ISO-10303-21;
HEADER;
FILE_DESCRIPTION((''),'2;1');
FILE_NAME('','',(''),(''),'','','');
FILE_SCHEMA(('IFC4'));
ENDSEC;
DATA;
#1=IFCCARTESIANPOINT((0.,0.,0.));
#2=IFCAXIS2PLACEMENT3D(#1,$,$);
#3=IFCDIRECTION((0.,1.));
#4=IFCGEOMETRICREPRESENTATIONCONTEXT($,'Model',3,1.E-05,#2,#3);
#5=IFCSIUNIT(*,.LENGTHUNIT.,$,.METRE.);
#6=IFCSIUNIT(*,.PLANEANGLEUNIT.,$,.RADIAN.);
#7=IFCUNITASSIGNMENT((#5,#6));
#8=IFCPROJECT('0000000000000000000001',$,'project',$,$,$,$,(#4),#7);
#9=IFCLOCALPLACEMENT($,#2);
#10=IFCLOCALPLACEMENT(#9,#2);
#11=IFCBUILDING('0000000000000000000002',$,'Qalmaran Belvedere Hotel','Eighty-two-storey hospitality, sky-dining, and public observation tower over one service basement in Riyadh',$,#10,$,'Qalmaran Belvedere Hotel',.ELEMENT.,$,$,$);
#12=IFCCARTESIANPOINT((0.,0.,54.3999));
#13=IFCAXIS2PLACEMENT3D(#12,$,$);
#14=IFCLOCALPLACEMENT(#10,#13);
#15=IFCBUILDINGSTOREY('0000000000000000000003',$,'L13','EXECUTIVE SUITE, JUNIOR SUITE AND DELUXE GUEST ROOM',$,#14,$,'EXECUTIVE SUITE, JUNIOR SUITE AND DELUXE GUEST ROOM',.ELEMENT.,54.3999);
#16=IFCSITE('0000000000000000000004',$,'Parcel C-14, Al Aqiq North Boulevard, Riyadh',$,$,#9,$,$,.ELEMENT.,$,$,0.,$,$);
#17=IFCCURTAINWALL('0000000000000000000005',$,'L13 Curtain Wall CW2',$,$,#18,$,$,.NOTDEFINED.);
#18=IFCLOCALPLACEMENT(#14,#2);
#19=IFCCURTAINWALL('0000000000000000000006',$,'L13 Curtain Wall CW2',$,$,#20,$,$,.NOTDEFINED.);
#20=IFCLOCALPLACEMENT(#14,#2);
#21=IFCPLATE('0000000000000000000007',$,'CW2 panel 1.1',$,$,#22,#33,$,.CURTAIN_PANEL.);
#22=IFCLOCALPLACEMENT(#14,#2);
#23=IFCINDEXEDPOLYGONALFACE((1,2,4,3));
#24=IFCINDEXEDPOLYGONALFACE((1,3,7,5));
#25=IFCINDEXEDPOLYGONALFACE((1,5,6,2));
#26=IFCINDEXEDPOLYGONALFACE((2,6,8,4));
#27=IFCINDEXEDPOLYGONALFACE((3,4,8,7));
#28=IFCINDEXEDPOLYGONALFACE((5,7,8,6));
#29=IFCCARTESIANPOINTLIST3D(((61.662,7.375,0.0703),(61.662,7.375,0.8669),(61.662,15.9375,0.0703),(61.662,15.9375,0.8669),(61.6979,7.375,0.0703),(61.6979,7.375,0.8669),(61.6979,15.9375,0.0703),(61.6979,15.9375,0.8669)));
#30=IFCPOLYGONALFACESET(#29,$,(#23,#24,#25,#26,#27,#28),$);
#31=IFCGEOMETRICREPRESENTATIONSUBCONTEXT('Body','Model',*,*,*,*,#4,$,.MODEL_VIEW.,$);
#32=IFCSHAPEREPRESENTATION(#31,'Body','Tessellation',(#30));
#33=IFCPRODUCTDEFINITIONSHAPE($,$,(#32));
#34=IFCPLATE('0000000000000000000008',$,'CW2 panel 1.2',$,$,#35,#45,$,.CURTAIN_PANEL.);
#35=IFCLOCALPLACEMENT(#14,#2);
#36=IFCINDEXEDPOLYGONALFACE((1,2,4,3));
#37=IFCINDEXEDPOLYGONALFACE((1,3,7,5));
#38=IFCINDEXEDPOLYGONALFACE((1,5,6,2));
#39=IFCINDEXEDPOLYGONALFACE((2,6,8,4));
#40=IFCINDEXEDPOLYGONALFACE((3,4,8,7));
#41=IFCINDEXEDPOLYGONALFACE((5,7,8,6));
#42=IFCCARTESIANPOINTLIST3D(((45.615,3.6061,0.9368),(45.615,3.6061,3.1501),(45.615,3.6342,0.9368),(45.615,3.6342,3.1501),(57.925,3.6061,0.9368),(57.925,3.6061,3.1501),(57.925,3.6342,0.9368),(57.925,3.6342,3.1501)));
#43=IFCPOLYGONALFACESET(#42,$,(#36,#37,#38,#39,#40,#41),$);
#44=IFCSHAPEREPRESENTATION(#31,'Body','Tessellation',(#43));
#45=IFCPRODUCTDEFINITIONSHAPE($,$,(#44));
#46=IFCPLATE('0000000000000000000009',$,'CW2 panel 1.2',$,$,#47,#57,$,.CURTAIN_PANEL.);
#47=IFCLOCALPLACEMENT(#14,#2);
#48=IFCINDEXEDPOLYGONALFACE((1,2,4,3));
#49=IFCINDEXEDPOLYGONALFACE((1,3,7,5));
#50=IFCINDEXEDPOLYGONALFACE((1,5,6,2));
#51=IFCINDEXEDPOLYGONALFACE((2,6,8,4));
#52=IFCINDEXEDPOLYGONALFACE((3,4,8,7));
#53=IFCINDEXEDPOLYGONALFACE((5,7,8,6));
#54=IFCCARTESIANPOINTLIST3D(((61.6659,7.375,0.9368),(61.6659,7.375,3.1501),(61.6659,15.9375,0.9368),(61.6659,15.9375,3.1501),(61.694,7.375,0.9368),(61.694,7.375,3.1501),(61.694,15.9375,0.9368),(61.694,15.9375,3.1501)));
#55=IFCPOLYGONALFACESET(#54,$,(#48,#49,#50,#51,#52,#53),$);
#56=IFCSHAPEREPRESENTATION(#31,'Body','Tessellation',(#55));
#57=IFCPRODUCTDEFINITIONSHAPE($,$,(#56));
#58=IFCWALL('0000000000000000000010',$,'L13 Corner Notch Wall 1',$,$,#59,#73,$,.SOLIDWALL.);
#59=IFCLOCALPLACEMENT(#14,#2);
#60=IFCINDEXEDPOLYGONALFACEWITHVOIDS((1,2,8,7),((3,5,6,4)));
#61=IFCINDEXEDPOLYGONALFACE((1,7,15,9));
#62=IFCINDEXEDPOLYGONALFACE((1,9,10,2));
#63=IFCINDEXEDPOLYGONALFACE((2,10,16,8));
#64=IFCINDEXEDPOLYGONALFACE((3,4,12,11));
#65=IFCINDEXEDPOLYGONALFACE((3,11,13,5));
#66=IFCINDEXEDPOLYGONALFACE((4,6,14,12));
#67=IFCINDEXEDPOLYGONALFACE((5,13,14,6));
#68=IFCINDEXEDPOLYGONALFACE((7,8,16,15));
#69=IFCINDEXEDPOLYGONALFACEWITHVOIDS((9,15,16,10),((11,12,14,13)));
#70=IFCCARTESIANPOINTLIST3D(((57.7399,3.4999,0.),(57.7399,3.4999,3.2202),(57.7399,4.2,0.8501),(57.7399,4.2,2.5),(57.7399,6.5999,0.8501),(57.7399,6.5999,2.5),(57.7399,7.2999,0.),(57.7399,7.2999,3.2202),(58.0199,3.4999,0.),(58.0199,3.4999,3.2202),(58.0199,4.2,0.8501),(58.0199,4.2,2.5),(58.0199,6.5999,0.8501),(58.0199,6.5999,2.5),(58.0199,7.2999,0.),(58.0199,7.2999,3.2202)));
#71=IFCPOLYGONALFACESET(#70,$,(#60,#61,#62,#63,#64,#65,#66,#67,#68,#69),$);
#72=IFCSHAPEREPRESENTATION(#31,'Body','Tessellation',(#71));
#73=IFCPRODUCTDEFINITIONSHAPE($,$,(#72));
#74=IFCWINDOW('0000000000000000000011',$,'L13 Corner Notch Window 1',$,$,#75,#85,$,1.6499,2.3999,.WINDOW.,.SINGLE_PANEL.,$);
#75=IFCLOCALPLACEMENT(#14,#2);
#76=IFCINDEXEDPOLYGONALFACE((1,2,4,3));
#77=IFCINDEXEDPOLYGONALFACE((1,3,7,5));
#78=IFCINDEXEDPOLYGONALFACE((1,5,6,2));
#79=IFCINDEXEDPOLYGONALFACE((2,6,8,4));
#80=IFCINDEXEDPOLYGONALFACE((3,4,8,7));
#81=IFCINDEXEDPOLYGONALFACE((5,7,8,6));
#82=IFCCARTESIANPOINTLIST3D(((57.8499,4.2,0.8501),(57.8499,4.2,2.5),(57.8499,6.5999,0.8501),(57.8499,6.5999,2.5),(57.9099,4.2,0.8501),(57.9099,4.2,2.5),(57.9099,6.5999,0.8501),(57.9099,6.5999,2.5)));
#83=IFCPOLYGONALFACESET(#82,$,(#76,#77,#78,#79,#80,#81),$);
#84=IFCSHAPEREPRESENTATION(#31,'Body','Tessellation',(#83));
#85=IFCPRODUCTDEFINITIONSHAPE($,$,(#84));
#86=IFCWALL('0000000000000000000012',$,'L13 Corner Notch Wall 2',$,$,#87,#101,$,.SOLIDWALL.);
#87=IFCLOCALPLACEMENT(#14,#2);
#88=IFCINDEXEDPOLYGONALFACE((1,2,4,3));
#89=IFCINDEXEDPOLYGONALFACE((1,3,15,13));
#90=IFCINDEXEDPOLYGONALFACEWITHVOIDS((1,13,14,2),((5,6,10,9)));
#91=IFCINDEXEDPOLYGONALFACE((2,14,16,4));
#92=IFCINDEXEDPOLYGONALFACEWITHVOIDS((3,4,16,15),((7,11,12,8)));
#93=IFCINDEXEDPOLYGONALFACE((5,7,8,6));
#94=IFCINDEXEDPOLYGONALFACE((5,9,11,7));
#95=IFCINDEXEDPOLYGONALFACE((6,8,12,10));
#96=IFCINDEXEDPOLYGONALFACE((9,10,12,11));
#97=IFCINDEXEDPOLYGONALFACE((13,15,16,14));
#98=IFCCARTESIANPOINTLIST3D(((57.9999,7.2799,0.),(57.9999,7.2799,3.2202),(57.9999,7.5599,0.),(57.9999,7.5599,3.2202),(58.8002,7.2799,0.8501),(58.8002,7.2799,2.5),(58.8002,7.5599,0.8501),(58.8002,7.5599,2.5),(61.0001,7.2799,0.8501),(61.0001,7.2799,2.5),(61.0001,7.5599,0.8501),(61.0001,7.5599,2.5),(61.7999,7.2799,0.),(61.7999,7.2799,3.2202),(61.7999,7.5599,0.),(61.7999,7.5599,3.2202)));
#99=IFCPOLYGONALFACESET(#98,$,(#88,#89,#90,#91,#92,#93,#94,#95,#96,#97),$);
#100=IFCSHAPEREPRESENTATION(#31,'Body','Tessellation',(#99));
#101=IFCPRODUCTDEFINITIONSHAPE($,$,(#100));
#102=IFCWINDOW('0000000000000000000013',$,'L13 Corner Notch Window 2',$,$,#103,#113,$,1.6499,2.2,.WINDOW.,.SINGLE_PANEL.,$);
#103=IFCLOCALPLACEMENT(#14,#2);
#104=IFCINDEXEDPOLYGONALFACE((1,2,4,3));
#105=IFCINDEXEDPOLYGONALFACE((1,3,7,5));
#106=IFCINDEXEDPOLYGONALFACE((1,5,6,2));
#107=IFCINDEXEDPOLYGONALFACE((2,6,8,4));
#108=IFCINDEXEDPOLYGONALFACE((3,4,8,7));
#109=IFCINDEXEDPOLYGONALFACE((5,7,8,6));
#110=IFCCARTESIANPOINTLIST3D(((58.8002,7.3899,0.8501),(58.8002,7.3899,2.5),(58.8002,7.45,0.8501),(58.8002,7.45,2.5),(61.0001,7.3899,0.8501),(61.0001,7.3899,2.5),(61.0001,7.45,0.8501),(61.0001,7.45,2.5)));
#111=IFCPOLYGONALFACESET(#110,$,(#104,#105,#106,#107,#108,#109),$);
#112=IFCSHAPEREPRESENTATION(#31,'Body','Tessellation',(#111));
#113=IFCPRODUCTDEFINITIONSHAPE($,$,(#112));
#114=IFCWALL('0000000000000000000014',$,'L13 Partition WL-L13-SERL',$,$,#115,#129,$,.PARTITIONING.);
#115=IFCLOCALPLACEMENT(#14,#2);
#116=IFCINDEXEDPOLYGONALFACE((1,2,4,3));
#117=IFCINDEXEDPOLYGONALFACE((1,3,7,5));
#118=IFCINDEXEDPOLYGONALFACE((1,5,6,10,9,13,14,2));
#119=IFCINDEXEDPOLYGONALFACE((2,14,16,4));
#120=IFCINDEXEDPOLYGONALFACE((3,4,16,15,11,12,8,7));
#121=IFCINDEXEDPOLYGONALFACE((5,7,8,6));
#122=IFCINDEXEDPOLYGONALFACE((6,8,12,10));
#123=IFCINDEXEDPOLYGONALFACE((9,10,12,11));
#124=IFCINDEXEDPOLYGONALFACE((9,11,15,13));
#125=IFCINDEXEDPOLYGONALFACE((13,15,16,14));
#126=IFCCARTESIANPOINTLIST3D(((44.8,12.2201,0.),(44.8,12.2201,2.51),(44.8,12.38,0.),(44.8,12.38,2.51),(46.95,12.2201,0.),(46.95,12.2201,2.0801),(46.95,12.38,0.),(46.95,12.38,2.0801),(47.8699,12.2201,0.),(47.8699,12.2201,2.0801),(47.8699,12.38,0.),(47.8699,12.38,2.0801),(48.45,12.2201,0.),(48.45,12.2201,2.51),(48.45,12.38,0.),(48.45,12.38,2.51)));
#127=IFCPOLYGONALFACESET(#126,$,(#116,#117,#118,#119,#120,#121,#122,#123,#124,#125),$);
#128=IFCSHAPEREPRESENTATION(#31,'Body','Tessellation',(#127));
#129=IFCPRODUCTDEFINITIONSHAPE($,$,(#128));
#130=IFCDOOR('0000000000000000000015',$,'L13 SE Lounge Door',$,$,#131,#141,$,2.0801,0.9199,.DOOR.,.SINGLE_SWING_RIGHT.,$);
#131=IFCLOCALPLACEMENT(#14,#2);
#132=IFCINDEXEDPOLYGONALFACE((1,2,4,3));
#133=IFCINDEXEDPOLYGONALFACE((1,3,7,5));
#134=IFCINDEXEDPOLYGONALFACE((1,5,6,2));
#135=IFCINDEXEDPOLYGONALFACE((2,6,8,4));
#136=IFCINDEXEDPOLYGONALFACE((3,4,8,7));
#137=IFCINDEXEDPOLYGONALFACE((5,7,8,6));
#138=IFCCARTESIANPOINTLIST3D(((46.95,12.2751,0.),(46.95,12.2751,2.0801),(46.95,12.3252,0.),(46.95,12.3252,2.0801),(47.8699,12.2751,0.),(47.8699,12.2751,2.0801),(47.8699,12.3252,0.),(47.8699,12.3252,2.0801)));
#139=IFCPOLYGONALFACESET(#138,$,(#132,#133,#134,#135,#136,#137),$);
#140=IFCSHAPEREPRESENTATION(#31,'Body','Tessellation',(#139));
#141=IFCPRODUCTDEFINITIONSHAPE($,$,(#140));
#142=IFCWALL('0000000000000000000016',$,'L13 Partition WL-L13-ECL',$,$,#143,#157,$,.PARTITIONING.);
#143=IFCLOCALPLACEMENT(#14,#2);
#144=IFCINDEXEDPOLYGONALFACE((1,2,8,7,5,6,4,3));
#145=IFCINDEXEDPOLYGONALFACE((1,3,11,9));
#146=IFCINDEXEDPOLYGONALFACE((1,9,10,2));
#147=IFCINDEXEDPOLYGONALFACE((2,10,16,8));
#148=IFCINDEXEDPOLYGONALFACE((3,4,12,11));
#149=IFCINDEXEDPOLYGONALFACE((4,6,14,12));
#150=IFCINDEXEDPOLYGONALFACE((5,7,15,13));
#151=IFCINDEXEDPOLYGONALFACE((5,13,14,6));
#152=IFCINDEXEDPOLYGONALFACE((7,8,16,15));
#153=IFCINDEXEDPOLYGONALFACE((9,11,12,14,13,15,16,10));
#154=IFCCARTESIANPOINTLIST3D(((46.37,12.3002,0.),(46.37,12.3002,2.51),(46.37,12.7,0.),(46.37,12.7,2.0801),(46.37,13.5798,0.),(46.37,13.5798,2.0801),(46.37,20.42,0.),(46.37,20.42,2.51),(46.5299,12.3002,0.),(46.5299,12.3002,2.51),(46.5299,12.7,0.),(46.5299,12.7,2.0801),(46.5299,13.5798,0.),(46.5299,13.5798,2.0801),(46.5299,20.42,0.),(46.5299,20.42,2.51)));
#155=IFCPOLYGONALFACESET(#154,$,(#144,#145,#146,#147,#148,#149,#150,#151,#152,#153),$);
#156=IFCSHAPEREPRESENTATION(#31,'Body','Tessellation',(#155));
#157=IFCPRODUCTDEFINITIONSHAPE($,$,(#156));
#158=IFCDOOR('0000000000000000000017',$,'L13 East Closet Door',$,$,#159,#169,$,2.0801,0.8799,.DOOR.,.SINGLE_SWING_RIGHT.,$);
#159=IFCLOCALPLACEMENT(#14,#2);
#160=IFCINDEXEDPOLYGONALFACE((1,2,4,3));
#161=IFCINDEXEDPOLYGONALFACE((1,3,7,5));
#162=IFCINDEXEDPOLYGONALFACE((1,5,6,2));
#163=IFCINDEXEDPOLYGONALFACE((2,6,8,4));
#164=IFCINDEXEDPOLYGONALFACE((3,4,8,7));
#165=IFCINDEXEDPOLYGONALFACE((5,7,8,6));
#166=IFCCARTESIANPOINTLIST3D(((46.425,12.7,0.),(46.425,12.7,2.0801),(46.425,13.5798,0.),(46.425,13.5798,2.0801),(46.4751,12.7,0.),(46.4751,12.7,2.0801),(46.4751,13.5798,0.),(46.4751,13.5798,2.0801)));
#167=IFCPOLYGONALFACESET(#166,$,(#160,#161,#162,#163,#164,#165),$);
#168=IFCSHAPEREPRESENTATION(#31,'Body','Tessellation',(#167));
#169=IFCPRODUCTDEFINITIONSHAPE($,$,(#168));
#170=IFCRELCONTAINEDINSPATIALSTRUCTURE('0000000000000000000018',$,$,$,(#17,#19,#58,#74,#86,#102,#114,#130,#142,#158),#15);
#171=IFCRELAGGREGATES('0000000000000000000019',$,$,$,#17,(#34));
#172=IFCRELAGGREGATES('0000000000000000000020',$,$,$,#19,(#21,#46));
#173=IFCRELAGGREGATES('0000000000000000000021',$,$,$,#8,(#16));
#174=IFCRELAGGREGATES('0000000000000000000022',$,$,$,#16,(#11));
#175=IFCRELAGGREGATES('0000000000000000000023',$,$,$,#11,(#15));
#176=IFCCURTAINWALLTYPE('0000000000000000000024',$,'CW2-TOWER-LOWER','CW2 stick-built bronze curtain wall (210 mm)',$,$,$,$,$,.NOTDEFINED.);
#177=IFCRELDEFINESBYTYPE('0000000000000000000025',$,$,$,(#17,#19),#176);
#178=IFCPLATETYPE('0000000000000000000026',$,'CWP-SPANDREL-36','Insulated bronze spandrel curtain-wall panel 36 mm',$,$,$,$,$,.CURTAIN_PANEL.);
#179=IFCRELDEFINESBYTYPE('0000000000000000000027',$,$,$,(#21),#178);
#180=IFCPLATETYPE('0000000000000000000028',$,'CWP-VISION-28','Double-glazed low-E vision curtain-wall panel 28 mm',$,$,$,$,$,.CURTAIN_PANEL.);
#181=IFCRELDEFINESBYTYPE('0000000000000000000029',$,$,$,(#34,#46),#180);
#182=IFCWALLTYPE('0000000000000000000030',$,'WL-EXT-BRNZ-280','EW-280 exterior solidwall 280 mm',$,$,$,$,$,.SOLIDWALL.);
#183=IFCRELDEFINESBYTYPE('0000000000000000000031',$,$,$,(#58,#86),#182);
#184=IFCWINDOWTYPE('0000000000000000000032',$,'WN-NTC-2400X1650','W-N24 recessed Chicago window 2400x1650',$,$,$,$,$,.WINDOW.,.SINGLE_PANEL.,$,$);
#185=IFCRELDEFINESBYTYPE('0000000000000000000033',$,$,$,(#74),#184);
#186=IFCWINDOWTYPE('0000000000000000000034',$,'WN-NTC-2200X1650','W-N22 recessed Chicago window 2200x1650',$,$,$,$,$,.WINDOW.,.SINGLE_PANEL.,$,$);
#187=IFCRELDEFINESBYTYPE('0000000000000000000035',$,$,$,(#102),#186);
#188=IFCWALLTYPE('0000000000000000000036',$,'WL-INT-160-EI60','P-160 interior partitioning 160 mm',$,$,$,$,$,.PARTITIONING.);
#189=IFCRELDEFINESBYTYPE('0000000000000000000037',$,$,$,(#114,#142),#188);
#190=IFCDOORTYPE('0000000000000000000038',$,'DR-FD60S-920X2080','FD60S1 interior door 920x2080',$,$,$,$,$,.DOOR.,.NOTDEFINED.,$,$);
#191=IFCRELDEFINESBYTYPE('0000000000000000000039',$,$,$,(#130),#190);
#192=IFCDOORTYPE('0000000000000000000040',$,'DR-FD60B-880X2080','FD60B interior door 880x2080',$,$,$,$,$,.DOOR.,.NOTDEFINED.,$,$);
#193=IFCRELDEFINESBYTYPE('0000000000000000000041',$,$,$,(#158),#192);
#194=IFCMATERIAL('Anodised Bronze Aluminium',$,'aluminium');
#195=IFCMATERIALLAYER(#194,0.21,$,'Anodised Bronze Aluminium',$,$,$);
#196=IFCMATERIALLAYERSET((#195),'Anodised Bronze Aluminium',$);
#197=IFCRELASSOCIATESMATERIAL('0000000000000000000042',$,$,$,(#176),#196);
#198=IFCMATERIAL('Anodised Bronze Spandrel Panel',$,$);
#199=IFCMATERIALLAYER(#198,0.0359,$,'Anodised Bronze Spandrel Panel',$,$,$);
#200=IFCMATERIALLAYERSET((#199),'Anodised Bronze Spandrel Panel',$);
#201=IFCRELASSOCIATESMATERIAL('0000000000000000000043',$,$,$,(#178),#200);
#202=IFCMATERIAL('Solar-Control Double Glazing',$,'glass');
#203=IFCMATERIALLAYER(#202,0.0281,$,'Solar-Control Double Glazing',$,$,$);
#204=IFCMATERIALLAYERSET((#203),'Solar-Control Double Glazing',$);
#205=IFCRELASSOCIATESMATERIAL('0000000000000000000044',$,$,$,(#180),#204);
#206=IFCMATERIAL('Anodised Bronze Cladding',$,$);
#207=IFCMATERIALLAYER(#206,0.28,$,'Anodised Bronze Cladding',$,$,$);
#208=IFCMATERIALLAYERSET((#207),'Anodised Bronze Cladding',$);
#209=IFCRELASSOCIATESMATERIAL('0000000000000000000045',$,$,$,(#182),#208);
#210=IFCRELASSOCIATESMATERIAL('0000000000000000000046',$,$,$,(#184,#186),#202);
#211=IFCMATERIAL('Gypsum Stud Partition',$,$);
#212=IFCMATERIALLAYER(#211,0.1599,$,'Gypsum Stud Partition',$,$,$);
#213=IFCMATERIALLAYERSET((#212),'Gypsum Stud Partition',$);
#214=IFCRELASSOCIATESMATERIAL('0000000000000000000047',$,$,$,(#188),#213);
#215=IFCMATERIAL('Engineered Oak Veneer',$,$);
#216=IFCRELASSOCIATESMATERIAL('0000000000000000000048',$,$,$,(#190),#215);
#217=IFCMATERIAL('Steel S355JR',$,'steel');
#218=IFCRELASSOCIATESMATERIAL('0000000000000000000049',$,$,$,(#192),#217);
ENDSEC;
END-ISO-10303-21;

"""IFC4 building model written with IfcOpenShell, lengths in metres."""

from ifc_helpers import new_model, si_unit, direction, frame, frame_2d, origin, origin_2d, place, context, subcontext, project, spatial, rectangle, extrude, material, layer, layer_set, type_object, element, fill, aggregate, save


model = new_model("IFC4")

# Units and contexts
model_context = context("Model", 3, precision=1e-05, world=origin(), true_north=direction((0.0, 1.0)))
body_context = subcontext(model_context, "Body", "Model", "MODEL_VIEW")
ifc_project = project(units=[si_unit("LENGTHUNIT", "METRE"), si_unit("PLANEANGLEUNIT", "RADIAN")], contexts=[model_context])

# Site, building, storey
site_placement = place(None, origin())
site = spatial("IfcSite", under=ifc_project, at=site_placement, Name="Parcel C-14, Al Aqiq North Boulevard, Riyadh", CompositionType="ELEMENT", RefElevation=0.0)
building_placement = place(site_placement, origin())
building = spatial("IfcBuilding", under=site, at=building_placement, Name="Qalmaran Belvedere Hotel", Description="Eighty-two-storey hospitality, sky-dining, and public observation tower over one service basement in Riyadh", LongName="Qalmaran Belvedere Hotel", CompositionType="ELEMENT")
storey_placement = place(building_placement, frame((0.0, 0.0, 54.3999)))
storey = spatial("IfcBuildingStorey", under=building, at=storey_placement, Name="L13", Description="EXECUTIVE SUITE, JUNIOR SUITE AND DELUXE GUEST ROOM", LongName="EXECUTIVE SUITE, JUNIOR SUITE AND DELUXE GUEST ROOM", CompositionType="ELEMENT", Elevation=54.3999)

# Shared definitions
ifc_material_1 = material(Name="Steel S355JR", Category="steel")

# Curtain wall
ifc_material_2 = material(Name="Anodised Bronze Aluminium", Category="aluminium")
ifc_layer_1 = layer(ifc_material_2, 0.21, Name="Anodised Bronze Aluminium")
ifc_layer_set_1 = layer_set([ifc_layer_1], Name="Anodised Bronze Aluminium")
curtain_wall_type = type_object("IfcCurtainWallType", Name="CW2-TOWER-LOWER", Description="CW2 stick-built bronze curtain wall (210 mm)", PredefinedType="NOTDEFINED", material=ifc_layer_set_1)
curtain_wall_1_placement = place(storey_placement, origin())
curtain_wall_1 = element("IfcCurtainWall", 1, at=curtain_wall_1_placement, inside=storey, type_object=curtain_wall_type, Name="L13 Curtain Wall CW2", PredefinedType="NOTDEFINED")

# Curtain wall
curtain_wall_2_placement = place(storey_placement, origin())
curtain_wall_2 = element("IfcCurtainWall", 2, at=curtain_wall_2_placement, inside=storey, type_object=curtain_wall_type, Name="L13 Curtain Wall CW2", PredefinedType="NOTDEFINED")

# Plates
ifc_material_3 = material(Name="Anodised Bronze Spandrel Panel")
ifc_layer_2 = layer(ifc_material_3, 0.0359, Name="Anodised Bronze Spandrel Panel")
ifc_layer_set_2 = layer_set([ifc_layer_2], Name="Anodised Bronze Spandrel Panel")
plate_type_1 = type_object("IfcPlateType", Name="CWP-SPANDREL-36", Description="Insulated bronze spandrel curtain-wall panel 36 mm", PredefinedType="CURTAIN_PANEL", material=ifc_layer_set_2)
plate_1_placement = place(storey_placement, frame((61.6799, 11.6562, 0.0703), z_axis=(0.0, 0.0, 1.0), x_axis=(0.0, 1.0, 0.0)))
plate_1 = element("IfcPlate", 3, at=plate_1_placement, type_object=plate_type_1, Name="CW2 panel 1.1", PredefinedType="CURTAIN_PANEL", context=body_context, shape_type="SweptSolid", body=[
    extrude(rectangle(XDim=8.5625, YDim=0.0359, at=origin_2d()), origin(), (0.0, 0.0, 1.0), 0.7966),
])
ifc_material_4 = material(Name="Solar-Control Double Glazing", Category="glass")
ifc_layer_3 = layer(ifc_material_4, 0.0281, Name="Solar-Control Double Glazing")
ifc_layer_set_3 = layer_set([ifc_layer_3], Name="Solar-Control Double Glazing")
plate_type_2 = type_object("IfcPlateType", Name="CWP-VISION-28", Description="Double-glazed low-E vision curtain-wall panel 28 mm", PredefinedType="CURTAIN_PANEL", material=ifc_layer_set_3)
plate_2_placement = place(storey_placement, frame((51.77, 3.6201, 0.9368), z_axis=(0.0, 0.0, 1.0), x_axis=(1.0, 0.0, 0.0)))
plate_2 = element("IfcPlate", 4, at=plate_2_placement, type_object=plate_type_2, Name="CW2 panel 1.2", PredefinedType="CURTAIN_PANEL", context=body_context, shape_type="SweptSolid", body=[
    extrude(rectangle(XDim=12.3101, YDim=0.0281, at=origin_2d()), origin(), (0.0, 0.0, 1.0), 2.2134),
])
aggregate(curtain_wall_1, [plate_2])
plate_3_placement = place(storey_placement, frame((61.6799, 11.6562, 0.9368), z_axis=(0.0, 0.0, 1.0), x_axis=(0.0, 1.0, 0.0)))
plate_3 = element("IfcPlate", 5, at=plate_3_placement, type_object=plate_type_2, Name="CW2 panel 1.2", PredefinedType="CURTAIN_PANEL", context=body_context, shape_type="SweptSolid", body=[
    extrude(rectangle(XDim=8.5625, YDim=0.0281, at=origin_2d()), origin(), (0.0, 0.0, 1.0), 2.2134),
])
aggregate(curtain_wall_2, [plate_1, plate_3])

# Walls, openings, windows
ifc_material_5 = material(Name="Anodised Bronze Cladding")
ifc_layer_4 = layer(ifc_material_5, 0.28, Name="Anodised Bronze Cladding")
ifc_layer_set_4 = layer_set([ifc_layer_4], Name="Anodised Bronze Cladding")
wall_type_1 = type_object("IfcWallType", Name="WL-EXT-BRNZ-280", Description="EW-280 exterior solidwall 280 mm", PredefinedType="SOLIDWALL", material=ifc_layer_set_4)
wall_1_placement = place(storey_placement, frame((57.8799, 3.5, 0.0), z_axis=(0.0, 0.0, 1.0), x_axis=(0.0, 1.0, 0.0)))
wall_1 = element("IfcWall", 6, at=wall_1_placement, inside=storey, type_object=wall_type_1, Name="L13 Corner Notch Wall 1", PredefinedType="SOLIDWALL", context=body_context, shape_type="SweptSolid", body=[
    extrude(rectangle(XDim=3.8, YDim=0.28, at=frame_2d((1.8999, 0.0))), origin(), (0.0, 0.0, 1.0), 3.2202),
])
opening_1_placement = place(wall_1_placement, frame((0.7, 0.0, 0.8501)))
opening_1 = element("IfcOpeningElement", 7, at=opening_1_placement, cuts=wall_1, PredefinedType="OPENING", context=body_context, shape_type="SweptSolid", body=[
    extrude(rectangle(XDim=2.3999, YDim=1.6499, at=frame_2d((1.2, 0.825))), frame((0.0, 0.1499, 0.0), z_axis=(0.0, -1.0, 0.0), x_axis=(1.0, 0.0, 0.0)), (0.0, 0.0, 1.0), 0.3),
])
window_type_1 = type_object("IfcWindowType", Name="WN-NTC-2400X1650", Description="W-N24 recessed Chicago window 2400x1650", PartitioningType="SINGLE_PANEL", PredefinedType="WINDOW", material=ifc_material_4)
window_1_placement = place(opening_1_placement, origin())
window_1 = element("IfcWindow", 8, at=window_1_placement, inside=storey, type_object=window_type_1, Name="L13 Corner Notch Window 1", OverallHeight=1.6499, OverallWidth=2.3999, PartitioningType="SINGLE_PANEL", PredefinedType="WINDOW", context=body_context, shape_type="SweptSolid", body=[
    extrude(rectangle(XDim=2.3999, YDim=1.6499, at=frame_2d((1.2, 0.825))), frame((0.0, 0.03, 0.0), z_axis=(0.0, -1.0, 0.0), x_axis=(1.0, 0.0, 0.0)), (0.0, 0.0, 1.0), 0.0601),
])
fill(opening_1, window_1)
wall_2_placement = place(storey_placement, frame((58.0, 7.4199, 0.0), z_axis=(0.0, 0.0, 1.0), x_axis=(1.0, 0.0, 0.0)))
wall_2 = element("IfcWall", 9, at=wall_2_placement, inside=storey, type_object=wall_type_1, Name="L13 Corner Notch Wall 2", PredefinedType="SOLIDWALL", context=body_context, shape_type="SweptSolid", body=[
    extrude(rectangle(XDim=3.8, YDim=0.28, at=frame_2d((1.8999, 0.0))), origin(), (0.0, 0.0, 1.0), 3.2202),
])
opening_2_placement = place(wall_2_placement, frame((0.8, 0.0, 0.8501)))
opening_2 = element("IfcOpeningElement", 10, at=opening_2_placement, cuts=wall_2, PredefinedType="OPENING", context=body_context, shape_type="SweptSolid", body=[
    extrude(rectangle(XDim=2.2, YDim=1.6499, at=frame_2d((1.1001, 0.825))), frame((0.0, 0.1499, 0.0), z_axis=(0.0, -1.0, 0.0), x_axis=(1.0, 0.0, 0.0)), (0.0, 0.0, 1.0), 0.3),
])
window_type_2 = type_object("IfcWindowType", Name="WN-NTC-2200X1650", Description="W-N22 recessed Chicago window 2200x1650", PartitioningType="SINGLE_PANEL", PredefinedType="WINDOW", material=ifc_material_4)
window_2_placement = place(opening_2_placement, origin())
window_2 = element("IfcWindow", 11, at=window_2_placement, inside=storey, type_object=window_type_2, Name="L13 Corner Notch Window 2", OverallHeight=1.6499, OverallWidth=2.2, PartitioningType="SINGLE_PANEL", PredefinedType="WINDOW", context=body_context, shape_type="SweptSolid", body=[
    extrude(rectangle(XDim=2.2, YDim=1.6499, at=frame_2d((1.1001, 0.825))), frame((0.0, 0.03, 0.0), z_axis=(0.0, -1.0, 0.0), x_axis=(1.0, 0.0, 0.0)), (0.0, 0.0, 1.0), 0.0601),
])
fill(opening_2, window_2)

# Walls, openings, doors
ifc_material_6 = material(Name="Gypsum Stud Partition")
ifc_layer_5 = layer(ifc_material_6, 0.1599, Name="Gypsum Stud Partition")
ifc_layer_set_5 = layer_set([ifc_layer_5], Name="Gypsum Stud Partition")
wall_type_2 = type_object("IfcWallType", Name="WL-INT-160-EI60", Description="P-160 interior partitioning 160 mm", PredefinedType="PARTITIONING", material=ifc_layer_set_5)
wall_3_placement = place(storey_placement, frame((44.8, 12.3, 0.0), z_axis=(0.0, 0.0, 1.0), x_axis=(1.0, 0.0, 0.0)))
wall_3 = element("IfcWall", 12, at=wall_3_placement, inside=storey, type_object=wall_type_2, Name="L13 Partition WL-L13-SERL", PredefinedType="PARTITIONING", context=body_context, shape_type="SweptSolid", body=[
    extrude(rectangle(XDim=3.6499, YDim=0.1599, at=frame_2d((1.825, 0.0))), origin(), (0.0, 0.0, 1.0), 2.51),
])
opening_3_placement = place(wall_3_placement, frame((3.0698, 0.0, 0.0), z_axis=(0.0, 0.0, 1.0), x_axis=(-1.0, 0.0, 0.0)))
opening_3 = element("IfcOpeningElement", 13, at=opening_3_placement, cuts=wall_3, PredefinedType="OPENING", context=body_context, shape_type="SweptSolid", body=[
    extrude(rectangle(XDim=0.9199, YDim=2.0801, at=frame_2d((0.46, 1.04))), frame((0.0, 0.0898, 0.0), z_axis=(0.0, -1.0, 0.0), x_axis=(1.0, 0.0, 0.0)), (0.0, 0.0, 1.0), 0.1799),
])
ifc_material_7 = material(Name="Engineered Oak Veneer")
door_type_1 = type_object("IfcDoorType", Name="DR-FD60S-920X2080", Description="FD60S1 interior door 920x2080", OperationType="NOTDEFINED", PredefinedType="DOOR", material=ifc_material_7)
door_1_placement = place(opening_3_placement, origin())
door_1 = element("IfcDoor", 14, at=door_1_placement, inside=storey, type_object=door_type_1, Name="L13 SE Lounge Door", OperationType="SINGLE_SWING_RIGHT", OverallHeight=2.0801, OverallWidth=0.9199, PredefinedType="DOOR", context=body_context, shape_type="SweptSolid", body=[
    extrude(rectangle(XDim=0.9199, YDim=2.0801, at=frame_2d((0.46, 1.04))), frame((0.0, 0.0249, 0.0), z_axis=(0.0, -1.0, 0.0), x_axis=(1.0, 0.0, 0.0)), (0.0, 0.0, 1.0), 0.05),
])
fill(opening_3, door_1)
wall_4_placement = place(storey_placement, frame((46.45, 12.3, 0.0), z_axis=(0.0, 0.0, 1.0), x_axis=(0.0, 1.0, 0.0)))
wall_4 = element("IfcWall", 15, at=wall_4_placement, inside=storey, type_object=wall_type_2, Name="L13 Partition WL-L13-ECL", PredefinedType="PARTITIONING", context=body_context, shape_type="SweptSolid", body=[
    extrude(rectangle(XDim=8.1199, YDim=0.1599, at=frame_2d((4.0601, 0.0))), origin(), (0.0, 0.0, 1.0), 2.51),
])
opening_4_placement = place(wall_4_placement, frame((0.3999, 0.0, 0.0)))
opening_4 = element("IfcOpeningElement", 16, at=opening_4_placement, cuts=wall_4, PredefinedType="OPENING", context=body_context, shape_type="SweptSolid", body=[
    extrude(rectangle(XDim=0.8799, YDim=2.0801, at=frame_2d((0.4399, 1.04))), frame((0.0, 0.0898, 0.0), z_axis=(0.0, -1.0, 0.0), x_axis=(1.0, 0.0, 0.0)), (0.0, 0.0, 1.0), 0.1799),
])
door_type_2 = type_object("IfcDoorType", Name="DR-FD60B-880X2080", Description="FD60B interior door 880x2080", OperationType="NOTDEFINED", PredefinedType="DOOR", material=ifc_material_1)
door_2_placement = place(opening_4_placement, origin())
door_2 = element("IfcDoor", 17, at=door_2_placement, inside=storey, type_object=door_type_2, Name="L13 East Closet Door", OperationType="SINGLE_SWING_RIGHT", OverallHeight=2.0801, OverallWidth=0.8799, PredefinedType="DOOR", context=body_context, shape_type="SweptSolid", body=[
    extrude(rectangle(XDim=0.8799, YDim=2.0801, at=frame_2d((0.4399, 1.04))), frame((0.0, 0.0249, 0.0), z_axis=(0.0, -1.0, 0.0), x_axis=(1.0, 0.0, 0.0)), (0.0, 0.0, 1.0), 0.05),
])
fill(opening_4, door_2)

save(model, "model.ifc")
